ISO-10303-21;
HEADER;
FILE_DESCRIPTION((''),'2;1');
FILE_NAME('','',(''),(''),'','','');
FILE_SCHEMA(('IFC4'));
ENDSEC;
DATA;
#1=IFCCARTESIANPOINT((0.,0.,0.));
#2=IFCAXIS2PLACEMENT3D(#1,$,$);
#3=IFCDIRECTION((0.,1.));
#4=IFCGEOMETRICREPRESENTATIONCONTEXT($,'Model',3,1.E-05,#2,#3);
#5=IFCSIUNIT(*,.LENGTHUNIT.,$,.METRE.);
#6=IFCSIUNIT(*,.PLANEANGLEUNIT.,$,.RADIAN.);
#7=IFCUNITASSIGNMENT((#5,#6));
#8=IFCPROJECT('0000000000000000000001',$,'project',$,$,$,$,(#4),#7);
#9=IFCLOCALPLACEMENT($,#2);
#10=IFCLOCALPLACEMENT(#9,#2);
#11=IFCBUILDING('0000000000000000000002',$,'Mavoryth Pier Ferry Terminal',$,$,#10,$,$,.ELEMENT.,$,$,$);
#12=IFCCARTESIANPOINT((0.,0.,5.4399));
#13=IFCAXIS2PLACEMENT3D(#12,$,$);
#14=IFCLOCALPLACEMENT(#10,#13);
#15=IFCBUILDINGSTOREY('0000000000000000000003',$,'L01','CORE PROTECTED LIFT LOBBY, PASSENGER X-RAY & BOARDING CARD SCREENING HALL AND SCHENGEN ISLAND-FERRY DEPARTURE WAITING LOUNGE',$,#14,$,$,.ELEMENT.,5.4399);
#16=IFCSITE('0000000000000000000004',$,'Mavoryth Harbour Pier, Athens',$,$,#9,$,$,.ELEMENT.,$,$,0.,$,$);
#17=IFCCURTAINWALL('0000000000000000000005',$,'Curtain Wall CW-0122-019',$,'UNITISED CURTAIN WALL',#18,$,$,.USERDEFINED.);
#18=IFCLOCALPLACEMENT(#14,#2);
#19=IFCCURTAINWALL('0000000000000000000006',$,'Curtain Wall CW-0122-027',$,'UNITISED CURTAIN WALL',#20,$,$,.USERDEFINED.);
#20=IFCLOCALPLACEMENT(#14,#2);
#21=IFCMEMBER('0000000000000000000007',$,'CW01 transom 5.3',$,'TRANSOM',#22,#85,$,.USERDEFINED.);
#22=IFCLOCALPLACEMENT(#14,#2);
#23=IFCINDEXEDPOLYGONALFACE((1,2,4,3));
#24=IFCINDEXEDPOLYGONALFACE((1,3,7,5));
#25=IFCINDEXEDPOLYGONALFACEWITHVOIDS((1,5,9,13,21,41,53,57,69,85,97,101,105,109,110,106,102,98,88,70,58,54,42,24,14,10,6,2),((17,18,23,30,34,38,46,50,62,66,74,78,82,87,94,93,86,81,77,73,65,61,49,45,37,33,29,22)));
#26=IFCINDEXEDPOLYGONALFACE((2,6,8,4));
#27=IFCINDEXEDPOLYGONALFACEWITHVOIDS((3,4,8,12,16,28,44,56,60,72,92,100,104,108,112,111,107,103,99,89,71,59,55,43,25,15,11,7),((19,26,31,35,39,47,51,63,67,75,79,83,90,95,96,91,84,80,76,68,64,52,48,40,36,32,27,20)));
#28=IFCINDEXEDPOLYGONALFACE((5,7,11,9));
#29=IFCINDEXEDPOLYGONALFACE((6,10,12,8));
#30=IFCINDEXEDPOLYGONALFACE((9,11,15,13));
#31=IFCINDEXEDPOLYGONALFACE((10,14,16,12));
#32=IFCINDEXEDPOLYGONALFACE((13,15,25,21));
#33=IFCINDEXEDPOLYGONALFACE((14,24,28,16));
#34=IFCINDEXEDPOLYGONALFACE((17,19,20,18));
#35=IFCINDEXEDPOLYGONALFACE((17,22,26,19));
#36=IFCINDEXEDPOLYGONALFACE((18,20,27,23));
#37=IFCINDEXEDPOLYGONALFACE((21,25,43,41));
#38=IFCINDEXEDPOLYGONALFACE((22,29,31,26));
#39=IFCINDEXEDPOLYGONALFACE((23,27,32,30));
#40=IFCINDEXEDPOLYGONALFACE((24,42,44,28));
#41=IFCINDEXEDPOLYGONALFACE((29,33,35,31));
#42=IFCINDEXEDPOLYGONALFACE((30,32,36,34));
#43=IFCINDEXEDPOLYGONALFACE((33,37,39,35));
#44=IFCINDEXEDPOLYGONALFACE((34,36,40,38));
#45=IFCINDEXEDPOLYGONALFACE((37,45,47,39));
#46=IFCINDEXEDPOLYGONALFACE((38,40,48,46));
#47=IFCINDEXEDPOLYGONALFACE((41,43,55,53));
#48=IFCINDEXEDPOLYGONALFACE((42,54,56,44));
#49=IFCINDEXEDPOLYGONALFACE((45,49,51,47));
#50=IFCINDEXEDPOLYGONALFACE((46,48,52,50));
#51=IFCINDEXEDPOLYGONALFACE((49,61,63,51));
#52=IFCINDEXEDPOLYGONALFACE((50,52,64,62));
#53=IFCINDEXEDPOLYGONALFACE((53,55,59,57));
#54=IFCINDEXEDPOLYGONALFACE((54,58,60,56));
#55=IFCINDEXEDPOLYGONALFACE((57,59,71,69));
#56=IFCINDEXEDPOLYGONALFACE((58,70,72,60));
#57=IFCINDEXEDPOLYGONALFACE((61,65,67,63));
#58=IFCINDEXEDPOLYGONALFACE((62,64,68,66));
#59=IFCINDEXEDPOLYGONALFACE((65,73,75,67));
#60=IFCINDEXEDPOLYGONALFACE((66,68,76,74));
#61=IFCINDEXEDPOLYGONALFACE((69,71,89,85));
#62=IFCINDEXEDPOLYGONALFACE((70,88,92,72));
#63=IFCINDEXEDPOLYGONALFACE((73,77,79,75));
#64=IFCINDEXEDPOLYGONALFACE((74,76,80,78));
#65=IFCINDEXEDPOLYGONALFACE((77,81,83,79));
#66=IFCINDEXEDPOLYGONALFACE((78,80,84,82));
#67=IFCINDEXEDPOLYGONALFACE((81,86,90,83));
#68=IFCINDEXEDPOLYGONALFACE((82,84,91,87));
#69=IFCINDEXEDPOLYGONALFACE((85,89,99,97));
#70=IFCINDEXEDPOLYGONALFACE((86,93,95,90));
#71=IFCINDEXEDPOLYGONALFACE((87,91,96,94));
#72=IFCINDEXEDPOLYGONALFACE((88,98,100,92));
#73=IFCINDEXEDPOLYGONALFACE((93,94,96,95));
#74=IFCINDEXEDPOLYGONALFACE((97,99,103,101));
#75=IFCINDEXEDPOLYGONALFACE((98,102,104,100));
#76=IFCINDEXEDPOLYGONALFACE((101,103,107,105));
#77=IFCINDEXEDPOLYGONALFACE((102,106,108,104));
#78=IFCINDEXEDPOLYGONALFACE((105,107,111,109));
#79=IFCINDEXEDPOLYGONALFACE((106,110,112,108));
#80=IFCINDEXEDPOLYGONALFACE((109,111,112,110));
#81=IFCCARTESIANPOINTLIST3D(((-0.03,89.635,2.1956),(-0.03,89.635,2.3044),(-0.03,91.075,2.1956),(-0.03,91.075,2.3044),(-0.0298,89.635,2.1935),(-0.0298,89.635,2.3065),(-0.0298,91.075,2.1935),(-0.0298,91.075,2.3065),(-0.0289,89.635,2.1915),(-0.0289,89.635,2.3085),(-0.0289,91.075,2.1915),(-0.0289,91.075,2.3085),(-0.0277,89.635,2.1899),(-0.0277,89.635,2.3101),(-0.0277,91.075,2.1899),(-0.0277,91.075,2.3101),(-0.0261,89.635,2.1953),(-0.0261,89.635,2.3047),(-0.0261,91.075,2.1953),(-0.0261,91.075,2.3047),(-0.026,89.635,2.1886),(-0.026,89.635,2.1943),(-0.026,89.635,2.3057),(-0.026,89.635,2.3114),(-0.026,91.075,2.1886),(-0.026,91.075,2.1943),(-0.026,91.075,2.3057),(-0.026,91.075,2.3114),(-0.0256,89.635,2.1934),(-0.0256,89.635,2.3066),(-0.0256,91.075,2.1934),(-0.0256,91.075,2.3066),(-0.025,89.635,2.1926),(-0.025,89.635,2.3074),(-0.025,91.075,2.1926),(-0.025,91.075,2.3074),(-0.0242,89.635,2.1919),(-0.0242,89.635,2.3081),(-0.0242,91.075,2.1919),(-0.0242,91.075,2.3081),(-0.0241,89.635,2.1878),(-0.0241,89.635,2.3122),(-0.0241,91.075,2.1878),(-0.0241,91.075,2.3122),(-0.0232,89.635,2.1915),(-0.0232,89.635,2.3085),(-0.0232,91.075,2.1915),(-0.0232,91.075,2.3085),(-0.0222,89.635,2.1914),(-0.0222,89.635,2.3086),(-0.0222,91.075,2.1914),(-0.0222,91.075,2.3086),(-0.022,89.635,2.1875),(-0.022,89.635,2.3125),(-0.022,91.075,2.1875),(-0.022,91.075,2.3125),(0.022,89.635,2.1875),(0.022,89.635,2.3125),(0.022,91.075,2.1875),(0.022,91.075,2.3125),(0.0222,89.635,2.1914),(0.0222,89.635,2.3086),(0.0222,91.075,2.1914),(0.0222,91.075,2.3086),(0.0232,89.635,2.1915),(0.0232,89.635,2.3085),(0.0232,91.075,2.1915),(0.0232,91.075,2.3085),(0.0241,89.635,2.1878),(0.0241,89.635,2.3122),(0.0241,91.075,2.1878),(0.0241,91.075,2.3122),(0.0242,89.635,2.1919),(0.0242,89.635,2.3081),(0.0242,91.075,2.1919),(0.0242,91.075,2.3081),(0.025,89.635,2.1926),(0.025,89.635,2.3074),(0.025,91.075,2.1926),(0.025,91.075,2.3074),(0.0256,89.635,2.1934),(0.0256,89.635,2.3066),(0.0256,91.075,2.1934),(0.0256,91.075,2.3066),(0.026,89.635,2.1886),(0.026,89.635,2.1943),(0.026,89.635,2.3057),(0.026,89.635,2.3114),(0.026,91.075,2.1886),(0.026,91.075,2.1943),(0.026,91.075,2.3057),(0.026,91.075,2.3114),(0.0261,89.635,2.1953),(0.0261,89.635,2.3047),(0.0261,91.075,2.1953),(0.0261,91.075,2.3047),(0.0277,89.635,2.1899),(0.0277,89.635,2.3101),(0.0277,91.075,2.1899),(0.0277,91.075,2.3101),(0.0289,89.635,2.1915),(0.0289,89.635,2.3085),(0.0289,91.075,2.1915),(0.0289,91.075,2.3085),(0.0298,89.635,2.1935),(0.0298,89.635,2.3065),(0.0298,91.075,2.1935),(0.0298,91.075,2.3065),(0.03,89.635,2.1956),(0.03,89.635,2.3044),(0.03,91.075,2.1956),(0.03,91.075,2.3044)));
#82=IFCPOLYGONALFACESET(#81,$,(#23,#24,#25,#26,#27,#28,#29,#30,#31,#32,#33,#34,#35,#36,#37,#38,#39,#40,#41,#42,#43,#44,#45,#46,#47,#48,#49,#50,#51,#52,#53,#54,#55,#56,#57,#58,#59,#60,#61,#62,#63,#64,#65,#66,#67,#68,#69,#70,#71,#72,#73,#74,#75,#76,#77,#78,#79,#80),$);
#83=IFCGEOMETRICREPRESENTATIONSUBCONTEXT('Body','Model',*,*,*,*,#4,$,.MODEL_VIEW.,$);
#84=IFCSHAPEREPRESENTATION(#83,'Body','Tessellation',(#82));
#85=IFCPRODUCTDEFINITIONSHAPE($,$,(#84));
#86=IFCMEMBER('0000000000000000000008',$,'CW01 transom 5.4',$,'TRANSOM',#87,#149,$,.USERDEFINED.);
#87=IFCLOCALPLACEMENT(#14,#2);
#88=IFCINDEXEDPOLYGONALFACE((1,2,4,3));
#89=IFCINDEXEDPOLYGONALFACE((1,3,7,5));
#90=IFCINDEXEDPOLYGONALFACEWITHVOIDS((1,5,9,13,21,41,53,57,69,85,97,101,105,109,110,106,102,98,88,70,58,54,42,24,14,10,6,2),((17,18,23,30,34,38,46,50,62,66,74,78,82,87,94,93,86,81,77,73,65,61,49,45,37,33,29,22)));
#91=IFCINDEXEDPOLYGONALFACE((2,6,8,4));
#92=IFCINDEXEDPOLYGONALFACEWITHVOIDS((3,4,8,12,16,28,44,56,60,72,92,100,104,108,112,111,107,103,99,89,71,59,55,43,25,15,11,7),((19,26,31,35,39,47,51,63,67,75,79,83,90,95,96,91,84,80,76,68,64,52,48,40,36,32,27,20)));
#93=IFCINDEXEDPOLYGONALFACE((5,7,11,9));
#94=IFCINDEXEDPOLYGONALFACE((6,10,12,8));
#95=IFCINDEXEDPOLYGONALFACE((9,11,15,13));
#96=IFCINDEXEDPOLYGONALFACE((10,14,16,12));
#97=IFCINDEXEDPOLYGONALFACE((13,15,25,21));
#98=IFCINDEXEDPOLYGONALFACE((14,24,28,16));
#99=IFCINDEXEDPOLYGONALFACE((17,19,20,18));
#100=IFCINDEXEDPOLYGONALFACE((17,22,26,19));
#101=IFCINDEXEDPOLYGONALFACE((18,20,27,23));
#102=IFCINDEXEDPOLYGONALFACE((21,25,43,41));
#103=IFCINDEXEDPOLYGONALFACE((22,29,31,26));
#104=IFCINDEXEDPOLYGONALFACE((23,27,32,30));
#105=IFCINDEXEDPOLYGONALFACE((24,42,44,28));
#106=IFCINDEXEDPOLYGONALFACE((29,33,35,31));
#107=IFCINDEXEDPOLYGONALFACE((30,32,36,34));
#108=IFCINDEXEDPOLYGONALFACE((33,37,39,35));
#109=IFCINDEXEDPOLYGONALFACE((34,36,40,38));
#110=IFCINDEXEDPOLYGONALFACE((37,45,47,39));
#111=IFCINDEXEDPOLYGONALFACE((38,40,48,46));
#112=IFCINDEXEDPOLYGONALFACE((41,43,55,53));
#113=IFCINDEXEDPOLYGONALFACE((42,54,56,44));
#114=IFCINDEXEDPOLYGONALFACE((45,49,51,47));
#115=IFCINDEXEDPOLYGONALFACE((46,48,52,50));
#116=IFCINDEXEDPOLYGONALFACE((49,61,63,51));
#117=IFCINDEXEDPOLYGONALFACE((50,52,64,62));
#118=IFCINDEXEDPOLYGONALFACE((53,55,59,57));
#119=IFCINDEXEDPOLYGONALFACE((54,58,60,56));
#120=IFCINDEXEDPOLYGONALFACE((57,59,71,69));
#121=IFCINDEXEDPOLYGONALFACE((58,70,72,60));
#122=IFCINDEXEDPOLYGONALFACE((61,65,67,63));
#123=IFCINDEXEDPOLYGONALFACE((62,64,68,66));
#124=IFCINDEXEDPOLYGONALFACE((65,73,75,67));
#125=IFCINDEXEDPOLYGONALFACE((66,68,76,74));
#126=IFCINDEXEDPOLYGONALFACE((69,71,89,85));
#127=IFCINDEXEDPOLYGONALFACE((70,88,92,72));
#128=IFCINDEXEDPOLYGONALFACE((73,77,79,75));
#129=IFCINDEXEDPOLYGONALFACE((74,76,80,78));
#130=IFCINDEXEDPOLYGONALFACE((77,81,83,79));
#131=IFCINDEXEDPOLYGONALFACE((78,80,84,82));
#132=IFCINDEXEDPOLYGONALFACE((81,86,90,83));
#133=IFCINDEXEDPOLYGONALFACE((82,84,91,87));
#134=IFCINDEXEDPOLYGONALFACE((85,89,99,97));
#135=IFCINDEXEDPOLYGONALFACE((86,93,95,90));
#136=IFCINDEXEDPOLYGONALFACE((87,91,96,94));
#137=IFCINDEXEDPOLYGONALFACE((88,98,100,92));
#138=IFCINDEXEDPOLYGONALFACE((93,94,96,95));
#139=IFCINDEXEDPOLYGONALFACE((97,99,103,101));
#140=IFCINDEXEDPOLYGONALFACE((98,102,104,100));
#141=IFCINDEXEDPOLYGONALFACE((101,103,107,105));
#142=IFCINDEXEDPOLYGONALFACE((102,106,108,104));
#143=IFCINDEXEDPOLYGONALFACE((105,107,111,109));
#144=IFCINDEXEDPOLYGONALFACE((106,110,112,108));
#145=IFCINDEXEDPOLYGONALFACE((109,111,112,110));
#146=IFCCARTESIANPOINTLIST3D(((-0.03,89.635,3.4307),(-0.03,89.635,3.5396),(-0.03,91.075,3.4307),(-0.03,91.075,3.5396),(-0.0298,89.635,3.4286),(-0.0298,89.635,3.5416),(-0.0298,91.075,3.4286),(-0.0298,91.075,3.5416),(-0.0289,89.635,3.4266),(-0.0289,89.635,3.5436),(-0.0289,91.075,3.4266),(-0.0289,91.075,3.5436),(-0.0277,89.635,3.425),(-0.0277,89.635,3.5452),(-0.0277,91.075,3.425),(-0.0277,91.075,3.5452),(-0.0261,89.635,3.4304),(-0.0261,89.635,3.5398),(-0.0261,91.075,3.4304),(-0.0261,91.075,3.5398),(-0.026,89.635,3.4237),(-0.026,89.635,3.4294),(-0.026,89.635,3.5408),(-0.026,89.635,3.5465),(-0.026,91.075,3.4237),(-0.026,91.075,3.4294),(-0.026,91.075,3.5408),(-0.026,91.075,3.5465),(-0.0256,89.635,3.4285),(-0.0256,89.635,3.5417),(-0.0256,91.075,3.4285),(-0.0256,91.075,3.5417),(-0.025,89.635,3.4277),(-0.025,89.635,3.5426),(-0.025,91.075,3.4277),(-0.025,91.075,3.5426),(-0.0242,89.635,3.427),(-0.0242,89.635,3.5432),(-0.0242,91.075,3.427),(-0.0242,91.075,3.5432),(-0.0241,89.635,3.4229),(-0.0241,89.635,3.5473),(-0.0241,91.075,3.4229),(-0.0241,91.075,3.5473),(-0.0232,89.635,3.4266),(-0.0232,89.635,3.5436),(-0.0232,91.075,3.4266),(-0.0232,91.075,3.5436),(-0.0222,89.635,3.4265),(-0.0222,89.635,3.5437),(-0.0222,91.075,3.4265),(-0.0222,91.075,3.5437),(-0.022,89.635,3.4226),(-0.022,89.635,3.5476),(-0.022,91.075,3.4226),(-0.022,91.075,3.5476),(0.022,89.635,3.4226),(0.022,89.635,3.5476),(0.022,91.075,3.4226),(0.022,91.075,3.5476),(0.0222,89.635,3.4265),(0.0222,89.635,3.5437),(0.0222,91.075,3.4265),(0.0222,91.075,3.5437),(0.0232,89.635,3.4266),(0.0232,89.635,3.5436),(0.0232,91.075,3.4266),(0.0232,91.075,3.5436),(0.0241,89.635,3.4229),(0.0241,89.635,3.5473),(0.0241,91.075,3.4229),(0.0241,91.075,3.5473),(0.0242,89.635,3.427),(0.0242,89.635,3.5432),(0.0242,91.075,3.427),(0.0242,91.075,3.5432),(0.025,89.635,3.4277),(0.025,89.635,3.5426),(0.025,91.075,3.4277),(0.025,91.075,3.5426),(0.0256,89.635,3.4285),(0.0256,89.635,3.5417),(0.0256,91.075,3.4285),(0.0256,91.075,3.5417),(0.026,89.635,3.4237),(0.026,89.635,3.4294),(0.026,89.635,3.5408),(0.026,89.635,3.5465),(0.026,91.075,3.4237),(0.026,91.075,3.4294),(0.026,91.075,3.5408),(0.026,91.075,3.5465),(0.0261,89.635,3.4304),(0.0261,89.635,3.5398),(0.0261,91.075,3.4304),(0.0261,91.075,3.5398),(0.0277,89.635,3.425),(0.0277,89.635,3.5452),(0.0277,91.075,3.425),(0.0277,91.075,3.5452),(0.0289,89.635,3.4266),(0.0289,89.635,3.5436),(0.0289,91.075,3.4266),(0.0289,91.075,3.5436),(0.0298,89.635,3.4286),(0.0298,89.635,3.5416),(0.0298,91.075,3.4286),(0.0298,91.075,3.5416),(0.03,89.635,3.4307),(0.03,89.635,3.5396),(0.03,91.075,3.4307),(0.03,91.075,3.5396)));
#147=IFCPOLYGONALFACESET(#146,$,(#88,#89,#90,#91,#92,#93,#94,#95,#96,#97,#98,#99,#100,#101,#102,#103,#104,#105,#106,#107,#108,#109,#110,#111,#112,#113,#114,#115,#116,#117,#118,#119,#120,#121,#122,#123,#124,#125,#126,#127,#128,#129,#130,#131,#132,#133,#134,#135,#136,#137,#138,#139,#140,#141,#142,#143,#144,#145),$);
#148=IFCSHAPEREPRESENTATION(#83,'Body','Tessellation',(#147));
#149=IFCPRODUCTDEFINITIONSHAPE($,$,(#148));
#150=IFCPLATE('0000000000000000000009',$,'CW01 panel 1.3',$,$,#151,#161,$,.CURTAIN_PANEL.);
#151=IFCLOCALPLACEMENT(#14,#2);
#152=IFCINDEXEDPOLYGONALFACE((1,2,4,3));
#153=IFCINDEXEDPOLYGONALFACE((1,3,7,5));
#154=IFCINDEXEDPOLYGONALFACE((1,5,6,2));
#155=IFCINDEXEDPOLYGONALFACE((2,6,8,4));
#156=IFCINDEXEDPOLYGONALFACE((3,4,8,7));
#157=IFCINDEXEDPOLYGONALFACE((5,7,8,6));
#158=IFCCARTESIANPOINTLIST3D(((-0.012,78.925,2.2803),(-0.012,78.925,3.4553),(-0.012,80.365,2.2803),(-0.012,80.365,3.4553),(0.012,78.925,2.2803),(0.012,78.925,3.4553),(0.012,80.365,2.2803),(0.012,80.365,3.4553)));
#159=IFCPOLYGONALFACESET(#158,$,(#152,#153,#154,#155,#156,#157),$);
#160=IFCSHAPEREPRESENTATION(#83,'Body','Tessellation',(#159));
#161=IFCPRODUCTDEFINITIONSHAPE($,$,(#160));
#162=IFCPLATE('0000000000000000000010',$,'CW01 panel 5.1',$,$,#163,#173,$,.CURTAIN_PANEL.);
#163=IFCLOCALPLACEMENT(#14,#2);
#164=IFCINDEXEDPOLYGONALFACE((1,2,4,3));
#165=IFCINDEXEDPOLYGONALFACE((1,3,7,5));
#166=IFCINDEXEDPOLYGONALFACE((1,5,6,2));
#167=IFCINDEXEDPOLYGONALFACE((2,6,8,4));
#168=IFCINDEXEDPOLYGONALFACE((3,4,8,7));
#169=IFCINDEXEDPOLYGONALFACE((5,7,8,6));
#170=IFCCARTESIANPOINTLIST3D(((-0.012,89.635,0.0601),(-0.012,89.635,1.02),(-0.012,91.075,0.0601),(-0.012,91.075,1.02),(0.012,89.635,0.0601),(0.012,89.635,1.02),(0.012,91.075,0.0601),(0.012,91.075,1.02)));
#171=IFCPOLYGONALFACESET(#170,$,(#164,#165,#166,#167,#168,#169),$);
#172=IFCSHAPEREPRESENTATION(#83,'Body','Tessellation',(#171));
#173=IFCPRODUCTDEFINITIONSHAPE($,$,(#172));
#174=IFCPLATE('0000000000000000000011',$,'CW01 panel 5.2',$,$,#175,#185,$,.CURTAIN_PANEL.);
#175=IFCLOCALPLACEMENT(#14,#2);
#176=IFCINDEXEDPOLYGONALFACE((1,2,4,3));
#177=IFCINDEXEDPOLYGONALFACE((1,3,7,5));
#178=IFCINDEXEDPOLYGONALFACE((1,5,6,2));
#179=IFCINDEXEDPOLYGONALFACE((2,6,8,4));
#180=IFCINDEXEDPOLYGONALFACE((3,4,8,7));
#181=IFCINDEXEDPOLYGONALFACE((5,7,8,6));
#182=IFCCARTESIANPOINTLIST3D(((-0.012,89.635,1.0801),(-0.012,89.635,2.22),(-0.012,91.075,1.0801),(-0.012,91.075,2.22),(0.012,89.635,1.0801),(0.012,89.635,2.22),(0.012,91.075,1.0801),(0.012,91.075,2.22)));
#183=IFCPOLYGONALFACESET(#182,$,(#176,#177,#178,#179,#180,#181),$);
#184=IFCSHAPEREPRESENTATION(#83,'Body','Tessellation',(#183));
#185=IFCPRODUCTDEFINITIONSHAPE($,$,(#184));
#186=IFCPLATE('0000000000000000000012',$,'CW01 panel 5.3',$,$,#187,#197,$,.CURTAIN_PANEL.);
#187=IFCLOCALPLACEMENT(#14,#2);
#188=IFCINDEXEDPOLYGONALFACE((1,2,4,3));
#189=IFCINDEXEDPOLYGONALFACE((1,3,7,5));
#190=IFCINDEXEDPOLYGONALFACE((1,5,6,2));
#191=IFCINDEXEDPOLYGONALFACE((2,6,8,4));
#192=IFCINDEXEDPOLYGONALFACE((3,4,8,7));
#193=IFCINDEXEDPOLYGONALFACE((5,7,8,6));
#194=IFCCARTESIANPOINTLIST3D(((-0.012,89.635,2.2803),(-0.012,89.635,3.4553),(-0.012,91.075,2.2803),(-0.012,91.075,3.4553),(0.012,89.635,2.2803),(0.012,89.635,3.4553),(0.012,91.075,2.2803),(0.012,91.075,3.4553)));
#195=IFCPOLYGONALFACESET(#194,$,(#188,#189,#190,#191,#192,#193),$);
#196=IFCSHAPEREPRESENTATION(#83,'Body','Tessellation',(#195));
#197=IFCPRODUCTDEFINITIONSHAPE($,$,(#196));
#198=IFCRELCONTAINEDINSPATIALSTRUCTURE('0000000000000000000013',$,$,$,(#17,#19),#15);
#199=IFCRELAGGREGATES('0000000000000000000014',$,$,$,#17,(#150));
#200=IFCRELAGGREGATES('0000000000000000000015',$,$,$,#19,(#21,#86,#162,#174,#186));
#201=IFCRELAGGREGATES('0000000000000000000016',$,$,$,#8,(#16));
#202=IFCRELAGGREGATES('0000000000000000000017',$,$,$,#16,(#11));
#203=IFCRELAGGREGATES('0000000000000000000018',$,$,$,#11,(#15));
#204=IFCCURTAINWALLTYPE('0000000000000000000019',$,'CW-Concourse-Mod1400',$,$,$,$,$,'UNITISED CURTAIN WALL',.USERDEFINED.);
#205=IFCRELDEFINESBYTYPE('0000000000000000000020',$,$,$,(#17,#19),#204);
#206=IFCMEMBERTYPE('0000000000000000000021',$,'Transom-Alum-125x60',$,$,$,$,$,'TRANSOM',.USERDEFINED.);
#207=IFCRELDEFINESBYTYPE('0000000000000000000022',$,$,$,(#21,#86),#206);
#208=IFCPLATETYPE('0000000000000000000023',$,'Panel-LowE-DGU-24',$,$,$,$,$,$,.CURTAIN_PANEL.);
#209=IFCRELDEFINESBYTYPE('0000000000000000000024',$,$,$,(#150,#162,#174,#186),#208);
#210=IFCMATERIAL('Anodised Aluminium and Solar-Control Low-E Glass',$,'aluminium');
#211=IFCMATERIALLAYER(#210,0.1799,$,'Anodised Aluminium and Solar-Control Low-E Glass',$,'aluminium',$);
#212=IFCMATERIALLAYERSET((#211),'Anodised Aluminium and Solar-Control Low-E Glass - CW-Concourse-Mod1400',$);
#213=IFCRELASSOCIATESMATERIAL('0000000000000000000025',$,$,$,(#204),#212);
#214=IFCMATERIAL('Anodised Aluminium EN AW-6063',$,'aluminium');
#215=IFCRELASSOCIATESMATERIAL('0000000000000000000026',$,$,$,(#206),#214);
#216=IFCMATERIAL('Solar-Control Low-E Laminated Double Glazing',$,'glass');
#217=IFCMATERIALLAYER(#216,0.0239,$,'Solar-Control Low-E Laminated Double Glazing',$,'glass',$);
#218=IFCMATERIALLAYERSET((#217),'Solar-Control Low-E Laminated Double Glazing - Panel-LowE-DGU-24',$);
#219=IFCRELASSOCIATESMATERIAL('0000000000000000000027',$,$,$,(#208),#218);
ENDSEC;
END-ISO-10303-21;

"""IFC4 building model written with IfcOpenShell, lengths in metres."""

from ifc_helpers import new_model, si_unit, direction, frame, origin, origin_2d, place, context, subcontext, project, spatial, rectangle, hollow_rectangle, extrude, material, layer, layer_set, material_profile, profile_set, type_object, element, aggregate, save


model = new_model("IFC4")

# Units and contexts
model_context = context("Model", 3, precision=1e-05, world=origin(), true_north=direction((0.0, 1.0)))
body_context = subcontext(model_context, "Body", "Model", "MODEL_VIEW")
ifc_project = project(units=[si_unit("LENGTHUNIT", "METRE"), si_unit("PLANEANGLEUNIT", "RADIAN")], contexts=[model_context])

# Site, building, storey
site_placement = place(None, origin())
site = spatial("IfcSite", under=ifc_project, at=site_placement, Name="Mavoryth Harbour Pier, Athens", CompositionType="ELEMENT", RefElevation=0.0)
building_placement = place(site_placement, origin())
building = spatial("IfcBuilding", under=site, at=building_placement, Name="Mavoryth Pier Ferry Terminal", CompositionType="ELEMENT")
storey_placement = place(building_placement, frame((0.0, 0.0, 5.4399)))
storey = spatial("IfcBuildingStorey", under=building, at=storey_placement, Name="L01", Description="CORE PROTECTED LIFT LOBBY, PASSENGER X-RAY & BOARDING CARD SCREENING HALL AND SCHENGEN ISLAND-FERRY DEPARTURE WAITING LOUNGE", CompositionType="ELEMENT", Elevation=5.4399)

# Curtain walls
ifc_material_1 = material(Name="Anodised Aluminium and Solar-Control Low-E Glass", Category="aluminium")
ifc_layer_1 = layer(ifc_material_1, 0.1799, Name="Anodised Aluminium and Solar-Control Low-E Glass", Category="aluminium")
ifc_layer_set_1 = layer_set([ifc_layer_1], Name="Anodised Aluminium and Solar-Control Low-E Glass - CW-Concourse-Mod1400")
curtain_wall_type = type_object("IfcCurtainWallType", Name="CW-Concourse-Mod1400", ElementType="UNITISED CURTAIN WALL", PredefinedType="USERDEFINED", material=ifc_layer_set_1)
curtain_wall_1_placement = place(storey_placement, origin())
curtain_wall_1 = element("IfcCurtainWall", 1, at=curtain_wall_1_placement, inside=storey, type_object=curtain_wall_type, Name="Curtain Wall CW-0122-019", ObjectType="UNITISED CURTAIN WALL", PredefinedType="USERDEFINED")
ifc_material_2 = material(Name="Anodised Aluminium EN AW-6063", Category="aluminium")
curtain_wall_2_placement = place(storey_placement, origin())
curtain_wall_2 = element("IfcCurtainWall", 2, at=curtain_wall_2_placement, inside=storey, type_object=curtain_wall_type, Name="Curtain Wall CW-0122-027", ObjectType="UNITISED CURTAIN WALL", PredefinedType="USERDEFINED")

# Members
ifc_material_profile_1 = material_profile(ifc_material_2, hollow_rectangle(XDim=0.0601, YDim=0.125, WallThickness=0.0039, InnerFilletRadius=0.0039, OuterFilletRadius=0.0081, at=origin_2d()), Name="AL-TRAN 125x60x4", Category="aluminium")
ifc_profile_set_1 = profile_set([ifc_material_profile_1], Name="Anodised Aluminium EN AW-6063 - AL-TRAN 125x60x4")
member_type_1 = type_object("IfcMemberType", Name="Transom-Alum-125x60", ElementType="TRANSOM", PredefinedType="USERDEFINED", material=ifc_profile_set_1)
member_1_placement = place(storey_placement, frame((0.0, 91.075, 2.25), z_axis=(0.0, -1.0, 0.0), x_axis=(1.0, 0.0, 0.0)))
member_1 = element("IfcMember", 3, at=member_1_placement, type_object=member_type_1, Name="CW01 transom 5.3", ObjectType="TRANSOM", PredefinedType="USERDEFINED", context=body_context, shape_type="SweptSolid", body=[
    extrude(hollow_rectangle(XDim=0.0601, YDim=0.125, WallThickness=0.0039, InnerFilletRadius=0.0039, OuterFilletRadius=0.0081, at=origin_2d()), origin(), (0.0, 0.0, 1.0), 1.4399),
])
member_2_placement = place(storey_placement, frame((0.0, 91.075, 3.4851), z_axis=(0.0, -1.0, 0.0), x_axis=(1.0, 0.0, 0.0)))
member_2 = element("IfcMember", 4, at=member_2_placement, type_object=member_type_1, Name="CW01 transom 5.4", ObjectType="TRANSOM", PredefinedType="USERDEFINED", context=body_context, shape_type="SweptSolid", body=[
    extrude(hollow_rectangle(XDim=0.0601, YDim=0.125, WallThickness=0.0039, InnerFilletRadius=0.0039, OuterFilletRadius=0.0081, at=origin_2d()), origin(), (0.0, 0.0, 1.0), 1.4399),
])

# Plates
ifc_material_3 = material(Name="Solar-Control Low-E Laminated Double Glazing", Category="glass")
ifc_layer_2 = layer(ifc_material_3, 0.0239, Name="Solar-Control Low-E Laminated Double Glazing", Category="glass")
ifc_layer_set_2 = layer_set([ifc_layer_2], Name="Solar-Control Low-E Laminated Double Glazing - Panel-LowE-DGU-24")
plate_type_1 = type_object("IfcPlateType", Name="Panel-LowE-DGU-24", PredefinedType="CURTAIN_PANEL", material=ifc_layer_set_2)
plate_1_placement = place(storey_placement, frame((0.0, 79.645, 2.2803), z_axis=(0.0, 0.0, 1.0), x_axis=(0.0, -1.0, 0.0)))
plate_1 = element("IfcPlate", 5, at=plate_1_placement, type_object=plate_type_1, Name="CW01 panel 1.3", PredefinedType="CURTAIN_PANEL", context=body_context, shape_type="SweptSolid", body=[
    extrude(rectangle(XDim=1.4399, YDim=0.0239, at=origin_2d()), origin(), (0.0, 0.0, 1.0), 1.175),
])
aggregate(curtain_wall_1, [plate_1])
plate_2_placement = place(storey_placement, frame((0.0, 90.355, 0.0601), z_axis=(0.0, 0.0, 1.0), x_axis=(0.0, -1.0, 0.0)))
plate_2 = element("IfcPlate", 6, at=plate_2_placement, type_object=plate_type_1, Name="CW01 panel 5.1", PredefinedType="CURTAIN_PANEL", context=body_context, shape_type="SweptSolid", body=[
    extrude(rectangle(XDim=1.4399, YDim=0.0239, at=origin_2d()), origin(), (0.0, 0.0, 1.0), 0.96),
])
plate_3_placement = place(storey_placement, frame((0.0, 90.355, 1.0801), z_axis=(0.0, 0.0, 1.0), x_axis=(0.0, -1.0, 0.0)))
plate_3 = element("IfcPlate", 7, at=plate_3_placement, type_object=plate_type_1, Name="CW01 panel 5.2", PredefinedType="CURTAIN_PANEL", context=body_context, shape_type="SweptSolid", body=[
    extrude(rectangle(XDim=1.4399, YDim=0.0239, at=origin_2d()), origin(), (0.0, 0.0, 1.0), 1.1399),
])
plate_4_placement = place(storey_placement, frame((0.0, 90.355, 2.2803), z_axis=(0.0, 0.0, 1.0), x_axis=(0.0, -1.0, 0.0)))
plate_4 = element("IfcPlate", 8, at=plate_4_placement, type_object=plate_type_1, Name="CW01 panel 5.3", PredefinedType="CURTAIN_PANEL", context=body_context, shape_type="SweptSolid", body=[
    extrude(rectangle(XDim=1.4399, YDim=0.0239, at=origin_2d()), origin(), (0.0, 0.0, 1.0), 1.175),
])
aggregate(curtain_wall_2, [member_1, member_2, plate_2, plate_3, plate_4])

save(model, "model.ifc")
